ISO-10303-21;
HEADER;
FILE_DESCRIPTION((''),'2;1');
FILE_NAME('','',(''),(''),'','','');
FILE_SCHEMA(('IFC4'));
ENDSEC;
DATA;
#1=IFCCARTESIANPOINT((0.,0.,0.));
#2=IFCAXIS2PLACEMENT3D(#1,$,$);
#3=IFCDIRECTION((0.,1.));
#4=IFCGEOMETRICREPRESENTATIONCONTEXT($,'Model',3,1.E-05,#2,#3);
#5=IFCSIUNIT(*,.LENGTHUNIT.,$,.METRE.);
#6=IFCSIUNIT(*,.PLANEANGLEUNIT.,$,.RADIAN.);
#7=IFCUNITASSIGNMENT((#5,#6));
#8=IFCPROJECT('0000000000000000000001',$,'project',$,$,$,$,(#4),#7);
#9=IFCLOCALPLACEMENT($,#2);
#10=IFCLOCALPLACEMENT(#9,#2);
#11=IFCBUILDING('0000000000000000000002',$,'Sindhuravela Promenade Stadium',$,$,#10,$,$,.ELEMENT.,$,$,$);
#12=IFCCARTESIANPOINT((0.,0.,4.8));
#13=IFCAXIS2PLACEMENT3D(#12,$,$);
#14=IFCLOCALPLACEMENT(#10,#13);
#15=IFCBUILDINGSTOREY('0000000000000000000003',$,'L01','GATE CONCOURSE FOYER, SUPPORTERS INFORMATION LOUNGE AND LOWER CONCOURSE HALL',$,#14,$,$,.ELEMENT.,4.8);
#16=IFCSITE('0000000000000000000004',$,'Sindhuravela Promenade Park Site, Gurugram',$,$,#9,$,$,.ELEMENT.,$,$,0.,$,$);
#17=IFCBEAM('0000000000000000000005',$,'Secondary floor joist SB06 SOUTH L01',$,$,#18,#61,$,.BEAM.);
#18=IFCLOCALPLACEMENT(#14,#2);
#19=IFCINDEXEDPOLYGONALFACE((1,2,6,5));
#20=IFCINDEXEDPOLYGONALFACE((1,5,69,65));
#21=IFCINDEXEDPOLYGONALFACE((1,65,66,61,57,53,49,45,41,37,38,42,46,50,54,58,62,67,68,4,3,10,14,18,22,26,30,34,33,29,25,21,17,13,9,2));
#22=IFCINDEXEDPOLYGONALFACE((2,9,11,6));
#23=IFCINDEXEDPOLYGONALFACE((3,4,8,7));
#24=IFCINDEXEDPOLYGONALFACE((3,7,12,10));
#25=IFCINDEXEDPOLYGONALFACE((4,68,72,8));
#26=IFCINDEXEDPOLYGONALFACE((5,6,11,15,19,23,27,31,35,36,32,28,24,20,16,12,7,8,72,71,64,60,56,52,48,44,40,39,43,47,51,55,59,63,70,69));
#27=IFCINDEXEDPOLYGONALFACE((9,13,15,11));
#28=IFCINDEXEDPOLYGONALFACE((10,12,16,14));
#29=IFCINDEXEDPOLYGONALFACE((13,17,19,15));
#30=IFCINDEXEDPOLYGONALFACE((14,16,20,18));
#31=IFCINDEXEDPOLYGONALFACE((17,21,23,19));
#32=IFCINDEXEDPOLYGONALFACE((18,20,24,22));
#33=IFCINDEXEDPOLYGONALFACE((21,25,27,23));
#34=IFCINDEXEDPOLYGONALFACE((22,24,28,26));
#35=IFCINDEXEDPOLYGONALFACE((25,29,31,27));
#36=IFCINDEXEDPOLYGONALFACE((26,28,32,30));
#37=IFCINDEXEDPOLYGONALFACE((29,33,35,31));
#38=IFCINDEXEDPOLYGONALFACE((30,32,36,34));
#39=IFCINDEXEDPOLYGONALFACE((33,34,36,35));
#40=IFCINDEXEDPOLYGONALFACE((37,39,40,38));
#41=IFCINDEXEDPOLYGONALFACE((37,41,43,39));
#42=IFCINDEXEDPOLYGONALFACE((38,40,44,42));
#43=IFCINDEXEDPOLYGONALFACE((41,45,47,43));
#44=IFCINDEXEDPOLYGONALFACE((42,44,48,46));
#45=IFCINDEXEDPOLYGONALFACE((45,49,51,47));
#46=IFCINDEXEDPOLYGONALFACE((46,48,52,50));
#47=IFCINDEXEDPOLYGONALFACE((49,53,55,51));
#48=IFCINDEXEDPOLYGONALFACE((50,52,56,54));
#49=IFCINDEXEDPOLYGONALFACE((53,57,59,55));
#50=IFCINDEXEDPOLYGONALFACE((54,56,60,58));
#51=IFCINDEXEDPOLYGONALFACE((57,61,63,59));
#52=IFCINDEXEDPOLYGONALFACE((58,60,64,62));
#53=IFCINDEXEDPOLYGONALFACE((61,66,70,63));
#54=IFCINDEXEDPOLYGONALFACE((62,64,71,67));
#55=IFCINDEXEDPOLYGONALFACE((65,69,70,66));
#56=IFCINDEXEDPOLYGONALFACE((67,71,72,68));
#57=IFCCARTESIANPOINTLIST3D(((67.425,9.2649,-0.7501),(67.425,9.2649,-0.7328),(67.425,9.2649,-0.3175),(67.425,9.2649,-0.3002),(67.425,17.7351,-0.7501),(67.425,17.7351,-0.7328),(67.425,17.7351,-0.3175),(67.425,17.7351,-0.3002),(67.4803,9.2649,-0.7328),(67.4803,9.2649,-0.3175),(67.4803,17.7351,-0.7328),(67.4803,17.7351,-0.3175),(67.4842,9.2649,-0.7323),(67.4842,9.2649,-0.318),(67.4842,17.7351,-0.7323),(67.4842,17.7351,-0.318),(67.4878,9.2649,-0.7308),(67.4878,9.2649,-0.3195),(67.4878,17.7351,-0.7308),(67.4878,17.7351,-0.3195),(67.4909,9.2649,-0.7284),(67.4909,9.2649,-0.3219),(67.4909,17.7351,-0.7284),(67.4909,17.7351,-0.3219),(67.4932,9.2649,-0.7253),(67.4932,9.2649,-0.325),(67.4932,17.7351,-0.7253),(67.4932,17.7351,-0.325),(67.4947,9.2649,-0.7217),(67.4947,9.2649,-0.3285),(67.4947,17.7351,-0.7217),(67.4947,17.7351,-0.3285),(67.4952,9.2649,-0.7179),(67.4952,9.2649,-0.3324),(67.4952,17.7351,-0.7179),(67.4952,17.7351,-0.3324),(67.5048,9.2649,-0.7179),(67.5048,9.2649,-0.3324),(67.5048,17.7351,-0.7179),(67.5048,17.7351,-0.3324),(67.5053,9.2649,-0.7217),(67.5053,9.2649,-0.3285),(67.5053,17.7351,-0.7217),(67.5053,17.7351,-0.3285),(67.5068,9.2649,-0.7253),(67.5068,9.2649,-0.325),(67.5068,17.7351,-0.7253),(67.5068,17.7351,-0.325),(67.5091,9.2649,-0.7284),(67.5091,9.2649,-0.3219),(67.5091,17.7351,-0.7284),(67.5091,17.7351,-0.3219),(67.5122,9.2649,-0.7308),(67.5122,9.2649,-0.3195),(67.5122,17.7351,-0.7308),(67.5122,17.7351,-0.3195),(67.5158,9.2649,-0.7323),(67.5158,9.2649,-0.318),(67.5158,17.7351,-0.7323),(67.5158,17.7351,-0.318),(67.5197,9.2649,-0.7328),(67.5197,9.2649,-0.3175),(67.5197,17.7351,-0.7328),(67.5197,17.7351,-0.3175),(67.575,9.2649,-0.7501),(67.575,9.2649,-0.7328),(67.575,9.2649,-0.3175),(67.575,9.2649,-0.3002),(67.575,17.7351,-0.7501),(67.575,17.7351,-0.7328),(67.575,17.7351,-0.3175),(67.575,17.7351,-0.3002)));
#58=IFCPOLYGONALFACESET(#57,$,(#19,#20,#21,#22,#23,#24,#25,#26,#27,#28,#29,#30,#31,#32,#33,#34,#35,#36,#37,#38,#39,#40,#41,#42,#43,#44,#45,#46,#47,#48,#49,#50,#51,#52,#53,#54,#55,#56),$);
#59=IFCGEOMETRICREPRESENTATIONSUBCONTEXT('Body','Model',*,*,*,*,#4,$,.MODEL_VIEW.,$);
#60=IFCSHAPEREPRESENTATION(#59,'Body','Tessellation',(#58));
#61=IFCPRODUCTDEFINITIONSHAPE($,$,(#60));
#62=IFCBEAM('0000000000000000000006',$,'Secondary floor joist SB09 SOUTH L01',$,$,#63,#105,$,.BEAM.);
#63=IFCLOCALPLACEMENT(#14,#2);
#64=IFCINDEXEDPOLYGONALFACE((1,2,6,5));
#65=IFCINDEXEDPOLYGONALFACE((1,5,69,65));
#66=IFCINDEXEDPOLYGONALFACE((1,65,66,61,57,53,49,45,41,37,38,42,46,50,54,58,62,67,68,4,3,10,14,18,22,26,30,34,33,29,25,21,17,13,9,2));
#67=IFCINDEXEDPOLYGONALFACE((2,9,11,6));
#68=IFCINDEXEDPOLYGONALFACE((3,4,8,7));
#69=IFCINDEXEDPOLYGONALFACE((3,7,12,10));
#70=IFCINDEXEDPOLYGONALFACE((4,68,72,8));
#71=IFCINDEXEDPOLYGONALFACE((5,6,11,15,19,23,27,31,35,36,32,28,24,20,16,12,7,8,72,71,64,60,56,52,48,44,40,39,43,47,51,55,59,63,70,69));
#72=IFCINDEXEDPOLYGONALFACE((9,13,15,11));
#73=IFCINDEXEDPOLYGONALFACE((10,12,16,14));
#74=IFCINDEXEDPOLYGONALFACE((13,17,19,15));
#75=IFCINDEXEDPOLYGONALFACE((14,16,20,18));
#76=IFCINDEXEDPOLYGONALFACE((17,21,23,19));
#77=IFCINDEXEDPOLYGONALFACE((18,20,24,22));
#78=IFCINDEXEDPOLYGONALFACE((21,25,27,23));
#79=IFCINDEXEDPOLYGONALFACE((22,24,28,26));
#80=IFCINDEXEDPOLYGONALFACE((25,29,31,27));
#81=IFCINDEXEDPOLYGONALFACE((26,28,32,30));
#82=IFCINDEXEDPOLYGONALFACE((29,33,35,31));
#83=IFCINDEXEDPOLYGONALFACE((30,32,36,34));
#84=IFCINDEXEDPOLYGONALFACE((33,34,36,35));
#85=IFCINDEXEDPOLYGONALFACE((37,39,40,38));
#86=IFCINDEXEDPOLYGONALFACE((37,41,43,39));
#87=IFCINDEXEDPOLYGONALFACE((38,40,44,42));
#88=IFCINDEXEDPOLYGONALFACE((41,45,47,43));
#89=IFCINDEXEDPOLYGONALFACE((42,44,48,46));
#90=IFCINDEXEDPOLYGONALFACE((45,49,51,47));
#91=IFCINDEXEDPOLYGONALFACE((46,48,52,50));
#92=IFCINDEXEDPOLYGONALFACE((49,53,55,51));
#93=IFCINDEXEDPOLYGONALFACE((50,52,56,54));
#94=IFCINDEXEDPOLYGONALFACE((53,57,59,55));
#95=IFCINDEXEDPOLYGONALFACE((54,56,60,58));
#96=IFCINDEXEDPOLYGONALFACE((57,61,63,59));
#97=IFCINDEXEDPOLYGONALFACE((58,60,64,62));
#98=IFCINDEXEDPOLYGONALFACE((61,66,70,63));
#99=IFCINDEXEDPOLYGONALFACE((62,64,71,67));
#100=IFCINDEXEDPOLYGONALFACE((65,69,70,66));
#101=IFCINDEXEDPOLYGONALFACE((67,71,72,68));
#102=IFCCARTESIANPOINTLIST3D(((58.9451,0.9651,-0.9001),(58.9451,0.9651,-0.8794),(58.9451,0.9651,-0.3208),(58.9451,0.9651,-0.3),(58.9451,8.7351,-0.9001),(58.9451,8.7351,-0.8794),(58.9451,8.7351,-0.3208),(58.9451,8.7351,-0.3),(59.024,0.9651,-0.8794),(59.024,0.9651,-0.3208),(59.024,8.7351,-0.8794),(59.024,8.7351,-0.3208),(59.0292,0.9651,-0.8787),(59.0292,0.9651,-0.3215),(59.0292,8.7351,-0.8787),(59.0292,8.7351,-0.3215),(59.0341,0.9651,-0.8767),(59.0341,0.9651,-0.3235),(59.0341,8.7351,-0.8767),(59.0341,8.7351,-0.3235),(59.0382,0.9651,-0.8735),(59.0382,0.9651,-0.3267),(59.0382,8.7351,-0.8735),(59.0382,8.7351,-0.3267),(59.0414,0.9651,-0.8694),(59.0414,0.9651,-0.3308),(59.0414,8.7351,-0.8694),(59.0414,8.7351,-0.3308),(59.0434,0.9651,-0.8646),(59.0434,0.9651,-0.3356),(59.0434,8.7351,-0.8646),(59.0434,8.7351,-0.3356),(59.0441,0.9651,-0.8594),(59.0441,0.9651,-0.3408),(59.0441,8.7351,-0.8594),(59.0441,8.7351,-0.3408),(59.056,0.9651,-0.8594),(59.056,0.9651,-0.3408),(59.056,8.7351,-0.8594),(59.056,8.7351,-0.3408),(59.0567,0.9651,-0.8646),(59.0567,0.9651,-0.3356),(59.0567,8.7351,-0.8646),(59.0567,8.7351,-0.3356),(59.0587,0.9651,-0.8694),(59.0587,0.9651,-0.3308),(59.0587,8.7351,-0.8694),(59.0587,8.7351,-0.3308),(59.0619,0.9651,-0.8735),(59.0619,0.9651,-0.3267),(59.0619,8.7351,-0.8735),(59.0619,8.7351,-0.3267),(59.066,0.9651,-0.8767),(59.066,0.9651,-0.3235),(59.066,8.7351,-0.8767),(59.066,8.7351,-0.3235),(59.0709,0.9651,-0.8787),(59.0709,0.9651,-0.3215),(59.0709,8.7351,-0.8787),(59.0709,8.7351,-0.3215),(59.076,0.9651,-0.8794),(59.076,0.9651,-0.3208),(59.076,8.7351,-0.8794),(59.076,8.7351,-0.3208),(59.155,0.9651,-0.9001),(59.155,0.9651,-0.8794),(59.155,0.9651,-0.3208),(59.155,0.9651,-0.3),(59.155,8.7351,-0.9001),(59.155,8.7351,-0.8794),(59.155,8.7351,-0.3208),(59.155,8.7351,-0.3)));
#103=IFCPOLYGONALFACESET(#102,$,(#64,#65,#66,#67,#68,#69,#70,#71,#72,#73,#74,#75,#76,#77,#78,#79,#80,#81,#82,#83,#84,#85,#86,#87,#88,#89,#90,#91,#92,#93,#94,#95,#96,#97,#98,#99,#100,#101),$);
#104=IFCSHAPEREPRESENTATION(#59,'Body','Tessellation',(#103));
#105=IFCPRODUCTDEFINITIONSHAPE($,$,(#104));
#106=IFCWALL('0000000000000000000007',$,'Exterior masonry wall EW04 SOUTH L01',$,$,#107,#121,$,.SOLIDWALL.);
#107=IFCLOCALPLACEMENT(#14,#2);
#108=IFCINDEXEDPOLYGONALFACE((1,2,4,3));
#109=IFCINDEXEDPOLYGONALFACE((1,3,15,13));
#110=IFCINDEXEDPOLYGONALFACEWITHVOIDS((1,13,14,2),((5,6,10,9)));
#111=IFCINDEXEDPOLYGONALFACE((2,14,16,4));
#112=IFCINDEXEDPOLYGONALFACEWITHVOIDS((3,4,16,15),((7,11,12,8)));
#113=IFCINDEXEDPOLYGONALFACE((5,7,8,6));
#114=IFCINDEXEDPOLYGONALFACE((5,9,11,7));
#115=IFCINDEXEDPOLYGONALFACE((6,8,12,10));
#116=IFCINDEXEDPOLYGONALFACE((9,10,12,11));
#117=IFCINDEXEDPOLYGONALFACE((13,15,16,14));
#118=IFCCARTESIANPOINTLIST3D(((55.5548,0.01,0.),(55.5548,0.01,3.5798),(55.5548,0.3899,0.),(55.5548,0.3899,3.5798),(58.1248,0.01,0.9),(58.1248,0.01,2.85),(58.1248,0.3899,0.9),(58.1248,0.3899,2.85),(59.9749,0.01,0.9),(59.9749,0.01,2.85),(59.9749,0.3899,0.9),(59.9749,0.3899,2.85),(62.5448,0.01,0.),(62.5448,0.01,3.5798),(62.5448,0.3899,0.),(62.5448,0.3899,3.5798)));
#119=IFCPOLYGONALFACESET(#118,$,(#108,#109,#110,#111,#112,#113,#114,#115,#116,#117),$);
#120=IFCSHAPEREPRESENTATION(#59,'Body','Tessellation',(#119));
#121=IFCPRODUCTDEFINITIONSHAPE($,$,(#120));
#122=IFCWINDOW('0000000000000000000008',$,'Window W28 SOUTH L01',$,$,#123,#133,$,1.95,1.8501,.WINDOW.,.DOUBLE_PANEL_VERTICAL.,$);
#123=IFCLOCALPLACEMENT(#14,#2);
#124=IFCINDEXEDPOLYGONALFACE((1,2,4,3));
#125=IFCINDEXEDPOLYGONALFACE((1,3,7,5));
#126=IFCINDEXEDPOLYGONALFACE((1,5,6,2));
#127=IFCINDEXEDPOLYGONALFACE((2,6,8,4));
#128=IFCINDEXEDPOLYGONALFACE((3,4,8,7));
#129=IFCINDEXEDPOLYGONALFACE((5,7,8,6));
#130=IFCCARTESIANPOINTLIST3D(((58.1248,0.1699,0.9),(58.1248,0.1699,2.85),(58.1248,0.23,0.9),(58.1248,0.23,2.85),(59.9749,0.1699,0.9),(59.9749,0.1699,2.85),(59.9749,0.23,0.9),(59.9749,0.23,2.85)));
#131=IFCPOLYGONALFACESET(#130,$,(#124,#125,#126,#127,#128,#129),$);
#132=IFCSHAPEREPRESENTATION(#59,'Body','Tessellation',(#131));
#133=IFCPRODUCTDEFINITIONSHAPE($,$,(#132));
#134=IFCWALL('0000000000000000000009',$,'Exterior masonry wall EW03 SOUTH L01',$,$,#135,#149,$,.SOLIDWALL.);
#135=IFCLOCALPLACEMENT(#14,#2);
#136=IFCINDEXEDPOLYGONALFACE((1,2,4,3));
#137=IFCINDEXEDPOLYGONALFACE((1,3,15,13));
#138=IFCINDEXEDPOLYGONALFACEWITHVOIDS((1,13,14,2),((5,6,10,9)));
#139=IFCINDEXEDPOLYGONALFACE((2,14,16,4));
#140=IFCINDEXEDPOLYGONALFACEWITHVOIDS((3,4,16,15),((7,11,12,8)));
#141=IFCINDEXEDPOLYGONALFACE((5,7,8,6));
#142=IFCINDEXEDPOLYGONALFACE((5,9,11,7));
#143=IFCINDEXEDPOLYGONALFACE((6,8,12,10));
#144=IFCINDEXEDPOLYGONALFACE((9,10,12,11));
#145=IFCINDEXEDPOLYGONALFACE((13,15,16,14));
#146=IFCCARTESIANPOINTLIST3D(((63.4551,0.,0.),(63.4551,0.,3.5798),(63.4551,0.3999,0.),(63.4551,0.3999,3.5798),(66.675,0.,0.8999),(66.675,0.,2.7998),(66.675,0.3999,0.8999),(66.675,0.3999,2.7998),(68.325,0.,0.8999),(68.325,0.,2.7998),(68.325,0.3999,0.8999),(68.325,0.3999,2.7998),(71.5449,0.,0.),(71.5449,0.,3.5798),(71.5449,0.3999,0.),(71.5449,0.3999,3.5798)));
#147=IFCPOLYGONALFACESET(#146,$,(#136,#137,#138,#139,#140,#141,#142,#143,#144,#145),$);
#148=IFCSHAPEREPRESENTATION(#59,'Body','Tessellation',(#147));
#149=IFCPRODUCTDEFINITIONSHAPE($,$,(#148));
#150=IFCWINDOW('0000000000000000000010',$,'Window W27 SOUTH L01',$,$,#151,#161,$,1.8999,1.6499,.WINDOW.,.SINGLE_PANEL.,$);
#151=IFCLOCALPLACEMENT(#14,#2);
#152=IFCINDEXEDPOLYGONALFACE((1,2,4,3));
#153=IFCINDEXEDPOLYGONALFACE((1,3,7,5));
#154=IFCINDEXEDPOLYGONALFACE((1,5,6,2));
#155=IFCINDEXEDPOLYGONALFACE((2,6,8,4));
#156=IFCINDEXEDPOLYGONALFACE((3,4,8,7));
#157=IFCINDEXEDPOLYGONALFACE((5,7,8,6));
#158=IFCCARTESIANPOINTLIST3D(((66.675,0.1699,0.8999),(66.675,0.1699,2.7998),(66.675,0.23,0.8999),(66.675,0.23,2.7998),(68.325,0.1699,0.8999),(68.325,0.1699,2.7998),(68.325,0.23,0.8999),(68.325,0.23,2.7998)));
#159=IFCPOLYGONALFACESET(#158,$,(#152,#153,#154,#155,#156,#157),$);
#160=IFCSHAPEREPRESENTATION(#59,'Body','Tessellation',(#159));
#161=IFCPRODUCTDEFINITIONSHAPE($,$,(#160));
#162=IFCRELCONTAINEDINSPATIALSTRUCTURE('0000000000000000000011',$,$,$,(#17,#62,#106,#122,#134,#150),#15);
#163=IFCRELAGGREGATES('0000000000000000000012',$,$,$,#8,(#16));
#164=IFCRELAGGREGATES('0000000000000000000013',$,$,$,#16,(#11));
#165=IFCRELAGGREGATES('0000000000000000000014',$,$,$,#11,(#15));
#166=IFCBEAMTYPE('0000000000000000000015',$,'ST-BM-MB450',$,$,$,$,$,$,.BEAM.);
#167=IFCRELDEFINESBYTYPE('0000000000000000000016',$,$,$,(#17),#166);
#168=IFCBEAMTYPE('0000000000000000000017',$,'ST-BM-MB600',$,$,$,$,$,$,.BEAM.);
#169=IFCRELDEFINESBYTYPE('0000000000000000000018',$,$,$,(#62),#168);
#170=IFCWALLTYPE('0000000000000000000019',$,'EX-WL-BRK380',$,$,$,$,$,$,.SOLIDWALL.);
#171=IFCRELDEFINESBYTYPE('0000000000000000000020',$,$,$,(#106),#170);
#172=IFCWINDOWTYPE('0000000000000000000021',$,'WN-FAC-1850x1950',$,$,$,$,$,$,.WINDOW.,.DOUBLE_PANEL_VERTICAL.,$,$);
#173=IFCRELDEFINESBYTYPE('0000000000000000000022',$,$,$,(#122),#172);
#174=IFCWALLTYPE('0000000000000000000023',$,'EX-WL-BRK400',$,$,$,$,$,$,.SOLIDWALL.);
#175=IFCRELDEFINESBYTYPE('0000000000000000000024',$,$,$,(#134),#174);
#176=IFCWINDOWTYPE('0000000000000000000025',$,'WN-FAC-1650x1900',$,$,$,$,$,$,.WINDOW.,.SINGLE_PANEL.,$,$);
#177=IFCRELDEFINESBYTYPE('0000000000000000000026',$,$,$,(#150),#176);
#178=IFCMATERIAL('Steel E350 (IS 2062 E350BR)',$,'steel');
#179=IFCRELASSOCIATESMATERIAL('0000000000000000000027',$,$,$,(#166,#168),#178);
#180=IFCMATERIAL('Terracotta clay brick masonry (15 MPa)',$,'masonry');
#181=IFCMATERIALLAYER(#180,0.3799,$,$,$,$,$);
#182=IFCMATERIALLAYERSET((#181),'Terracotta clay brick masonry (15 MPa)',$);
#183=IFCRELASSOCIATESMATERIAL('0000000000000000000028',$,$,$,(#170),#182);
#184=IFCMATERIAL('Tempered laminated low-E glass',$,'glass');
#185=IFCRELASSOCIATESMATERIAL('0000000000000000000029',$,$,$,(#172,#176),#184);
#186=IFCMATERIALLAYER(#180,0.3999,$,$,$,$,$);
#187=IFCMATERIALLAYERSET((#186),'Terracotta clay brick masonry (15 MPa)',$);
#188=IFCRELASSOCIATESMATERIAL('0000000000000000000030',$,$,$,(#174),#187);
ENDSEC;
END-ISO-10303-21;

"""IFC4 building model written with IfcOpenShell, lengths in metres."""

from ifc_helpers import new_model, si_unit, direction, frame, frame_2d, origin, origin_2d, place, context, subcontext, project, spatial, rectangle, i_section, extrude, material, layer, layer_set, material_profile, profile_set, type_object, element, fill, save


model = new_model("IFC4")

# Units and contexts
model_context = context("Model", 3, precision=1e-05, world=origin(), true_north=direction((0.0, 1.0)))
body_context = subcontext(model_context, "Body", "Model", "MODEL_VIEW")
ifc_project = project(units=[si_unit("LENGTHUNIT", "METRE"), si_unit("PLANEANGLEUNIT", "RADIAN")], contexts=[model_context])

# Site, building, storey
site_placement = place(None, origin())
site = spatial("IfcSite", under=ifc_project, at=site_placement, Name="Sindhuravela Promenade Park Site, Gurugram", CompositionType="ELEMENT", RefElevation=0.0)
building_placement = place(site_placement, origin())
building = spatial("IfcBuilding", under=site, at=building_placement, Name="Sindhuravela Promenade Stadium", CompositionType="ELEMENT")
storey_placement = place(building_placement, frame((0.0, 0.0, 4.8)))
storey = spatial("IfcBuildingStorey", under=building, at=storey_placement, Name="L01", Description="GATE CONCOURSE FOYER, SUPPORTERS INFORMATION LOUNGE AND LOWER CONCOURSE HALL", CompositionType="ELEMENT", Elevation=4.8)

# Beams
ifc_material_1 = material(Name="Steel E350 (IS 2062 E350BR)", Category="steel")
ifc_material_profile_1 = material_profile(ifc_material_1, i_section(OverallWidth=0.1499, OverallDepth=0.45, WebThickness=0.0095, FlangeThickness=0.0173, FilletRadius=0.0149, at=origin_2d()), Name="ISMB 450")
ifc_profile_set_1 = profile_set([ifc_material_profile_1], Name="Steel E350 (IS 2062 E350BR)")
beam_type_1 = type_object("IfcBeamType", Name="ST-BM-MB450", PredefinedType="BEAM", material=ifc_profile_set_1)
beam_1_placement = place(storey_placement, frame((67.5, 9.2649, -0.5251), z_axis=(0.0, 1.0, 0.0), x_axis=(-1.0, 0.0, 0.0)))
element("IfcBeam", 1, at=beam_1_placement, inside=storey, type_object=beam_type_1, Name="Secondary floor joist SB06 SOUTH L01", PredefinedType="BEAM", context=body_context, shape_type="SweptSolid", body=[
    extrude(i_section(OverallWidth=0.1499, OverallDepth=0.45, WebThickness=0.0095, FlangeThickness=0.0173, FilletRadius=0.0149, at=origin_2d()), origin(), (0.0, 0.0, 1.0), 8.4702),
])
ifc_material_profile_2 = material_profile(ifc_material_1, i_section(OverallWidth=0.21, OverallDepth=0.6001, WebThickness=0.012, FlangeThickness=0.0208, FilletRadius=0.02, at=origin_2d()), Name="ISMB 600")
ifc_profile_set_2 = profile_set([ifc_material_profile_2], Name="Steel E350 (IS 2062 E350BR)")
beam_type_2 = type_object("IfcBeamType", Name="ST-BM-MB600", PredefinedType="BEAM", material=ifc_profile_set_2)
beam_2_placement = place(storey_placement, frame((59.05, 0.9651, -0.6001), z_axis=(0.0, 1.0, 0.0), x_axis=(-1.0, 0.0, 0.0)))
element("IfcBeam", 2, at=beam_2_placement, inside=storey, type_object=beam_type_2, Name="Secondary floor joist SB09 SOUTH L01", PredefinedType="BEAM", context=body_context, shape_type="SweptSolid", body=[
    extrude(i_section(OverallWidth=0.21, OverallDepth=0.6001, WebThickness=0.012, FlangeThickness=0.0208, FilletRadius=0.02, at=origin_2d()), origin(), (0.0, 0.0, 1.0), 7.77),
])

# Walls, openings, windows
ifc_material_2 = material(Name="Terracotta clay brick masonry (15 MPa)", Category="masonry")
ifc_layer_1 = layer(ifc_material_2, 0.3799)
ifc_layer_set_1 = layer_set([ifc_layer_1], Name="Terracotta clay brick masonry (15 MPa)")
wall_type_1 = type_object("IfcWallType", Name="EX-WL-BRK380", PredefinedType="SOLIDWALL", material=ifc_layer_set_1)
wall_1_placement = place(storey_placement, frame((62.5449, 0.2, 0.0), z_axis=(0.0, 0.0, 1.0), x_axis=(-1.0, 0.0, 0.0)))
wall_1 = element("IfcWall", 3, at=wall_1_placement, inside=storey, type_object=wall_type_1, Name="Exterior masonry wall EW04 SOUTH L01", PredefinedType="SOLIDWALL", context=body_context, shape_type="SweptSolid", body=[
    extrude(rectangle(XDim=6.99, YDim=0.3799, at=frame_2d((3.4951, 0.0))), origin(), (0.0, 0.0, 1.0), 3.5798),
])
opening_1_placement = place(wall_1_placement, frame((2.5701, 0.0, 0.8999)))
opening_1 = element("IfcOpeningElement", 4, at=opening_1_placement, cuts=wall_1, PredefinedType="OPENING", context=body_context, shape_type="SweptSolid", body=[
    extrude(rectangle(XDim=1.8501, YDim=1.95, at=frame_2d((0.925, 0.9751))), frame((0.0, 0.2, 0.0), z_axis=(0.0, -1.0, 0.0), x_axis=(1.0, 0.0, 0.0)), (0.0, 0.0, 1.0), 0.3999),
])
ifc_material_3 = material(Name="Tempered laminated low-E glass", Category="glass")
window_type_1 = type_object("IfcWindowType", Name="WN-FAC-1850x1950", PartitioningType="DOUBLE_PANEL_VERTICAL", PredefinedType="WINDOW", material=ifc_material_3)
window_1_placement = place(opening_1_placement, origin())
window_1 = element("IfcWindow", 5, at=window_1_placement, inside=storey, type_object=window_type_1, Name="Window W28 SOUTH L01", OverallHeight=1.95, OverallWidth=1.8501, PartitioningType="DOUBLE_PANEL_VERTICAL", PredefinedType="WINDOW", context=body_context, shape_type="SweptSolid", body=[
    extrude(rectangle(XDim=1.8501, YDim=1.95, at=frame_2d((0.925, 0.9751))), frame((0.0, 0.03, 0.0), z_axis=(0.0, -1.0, 0.0), x_axis=(1.0, 0.0, 0.0)), (0.0, 0.0, 1.0), 0.0601),
])
fill(opening_1, window_1)
ifc_layer_2 = layer(ifc_material_2, 0.3999)
ifc_layer_set_2 = layer_set([ifc_layer_2], Name="Terracotta clay brick masonry (15 MPa)")
wall_type_2 = type_object("IfcWallType", Name="EX-WL-BRK400", PredefinedType="SOLIDWALL", material=ifc_layer_set_2)
wall_2_placement = place(storey_placement, frame((71.5449, 0.2, 0.0), z_axis=(0.0, 0.0, 1.0), x_axis=(-1.0, 0.0, 0.0)))
wall_2 = element("IfcWall", 6, at=wall_2_placement, inside=storey, type_object=wall_type_2, Name="Exterior masonry wall EW03 SOUTH L01", PredefinedType="SOLIDWALL", context=body_context, shape_type="SweptSolid", body=[
    extrude(rectangle(XDim=8.0898, YDim=0.3999, at=frame_2d((4.0449, 0.0))), origin(), (0.0, 0.0, 1.0), 3.5798),
])
opening_2_placement = place(wall_2_placement, frame((3.22, 0.0, 0.8999)))
opening_2 = element("IfcOpeningElement", 7, at=opening_2_placement, cuts=wall_2, PredefinedType="OPENING", context=body_context, shape_type="SweptSolid", body=[
    extrude(rectangle(XDim=1.6499, YDim=1.8999, at=frame_2d((0.825, 0.95))), frame((0.0, 0.21, 0.0), z_axis=(0.0, -1.0, 0.0), x_axis=(1.0, 0.0, 0.0)), (0.0, 0.0, 1.0), 0.4199),
])
window_type_2 = type_object("IfcWindowType", Name="WN-FAC-1650x1900", PartitioningType="SINGLE_PANEL", PredefinedType="WINDOW", material=ifc_material_3)
window_2_placement = place(opening_2_placement, origin())
window_2 = element("IfcWindow", 8, at=window_2_placement, inside=storey, type_object=window_type_2, Name="Window W27 SOUTH L01", OverallHeight=1.8999, OverallWidth=1.6499, PartitioningType="SINGLE_PANEL", PredefinedType="WINDOW", context=body_context, shape_type="SweptSolid", body=[
    extrude(rectangle(XDim=1.6499, YDim=1.8999, at=frame_2d((0.825, 0.95))), frame((0.0, 0.03, 0.0), z_axis=(0.0, -1.0, 0.0), x_axis=(1.0, 0.0, 0.0)), (0.0, 0.0, 1.0), 0.0601),
])
fill(opening_2, window_2)

save(model, "model.ifc")
